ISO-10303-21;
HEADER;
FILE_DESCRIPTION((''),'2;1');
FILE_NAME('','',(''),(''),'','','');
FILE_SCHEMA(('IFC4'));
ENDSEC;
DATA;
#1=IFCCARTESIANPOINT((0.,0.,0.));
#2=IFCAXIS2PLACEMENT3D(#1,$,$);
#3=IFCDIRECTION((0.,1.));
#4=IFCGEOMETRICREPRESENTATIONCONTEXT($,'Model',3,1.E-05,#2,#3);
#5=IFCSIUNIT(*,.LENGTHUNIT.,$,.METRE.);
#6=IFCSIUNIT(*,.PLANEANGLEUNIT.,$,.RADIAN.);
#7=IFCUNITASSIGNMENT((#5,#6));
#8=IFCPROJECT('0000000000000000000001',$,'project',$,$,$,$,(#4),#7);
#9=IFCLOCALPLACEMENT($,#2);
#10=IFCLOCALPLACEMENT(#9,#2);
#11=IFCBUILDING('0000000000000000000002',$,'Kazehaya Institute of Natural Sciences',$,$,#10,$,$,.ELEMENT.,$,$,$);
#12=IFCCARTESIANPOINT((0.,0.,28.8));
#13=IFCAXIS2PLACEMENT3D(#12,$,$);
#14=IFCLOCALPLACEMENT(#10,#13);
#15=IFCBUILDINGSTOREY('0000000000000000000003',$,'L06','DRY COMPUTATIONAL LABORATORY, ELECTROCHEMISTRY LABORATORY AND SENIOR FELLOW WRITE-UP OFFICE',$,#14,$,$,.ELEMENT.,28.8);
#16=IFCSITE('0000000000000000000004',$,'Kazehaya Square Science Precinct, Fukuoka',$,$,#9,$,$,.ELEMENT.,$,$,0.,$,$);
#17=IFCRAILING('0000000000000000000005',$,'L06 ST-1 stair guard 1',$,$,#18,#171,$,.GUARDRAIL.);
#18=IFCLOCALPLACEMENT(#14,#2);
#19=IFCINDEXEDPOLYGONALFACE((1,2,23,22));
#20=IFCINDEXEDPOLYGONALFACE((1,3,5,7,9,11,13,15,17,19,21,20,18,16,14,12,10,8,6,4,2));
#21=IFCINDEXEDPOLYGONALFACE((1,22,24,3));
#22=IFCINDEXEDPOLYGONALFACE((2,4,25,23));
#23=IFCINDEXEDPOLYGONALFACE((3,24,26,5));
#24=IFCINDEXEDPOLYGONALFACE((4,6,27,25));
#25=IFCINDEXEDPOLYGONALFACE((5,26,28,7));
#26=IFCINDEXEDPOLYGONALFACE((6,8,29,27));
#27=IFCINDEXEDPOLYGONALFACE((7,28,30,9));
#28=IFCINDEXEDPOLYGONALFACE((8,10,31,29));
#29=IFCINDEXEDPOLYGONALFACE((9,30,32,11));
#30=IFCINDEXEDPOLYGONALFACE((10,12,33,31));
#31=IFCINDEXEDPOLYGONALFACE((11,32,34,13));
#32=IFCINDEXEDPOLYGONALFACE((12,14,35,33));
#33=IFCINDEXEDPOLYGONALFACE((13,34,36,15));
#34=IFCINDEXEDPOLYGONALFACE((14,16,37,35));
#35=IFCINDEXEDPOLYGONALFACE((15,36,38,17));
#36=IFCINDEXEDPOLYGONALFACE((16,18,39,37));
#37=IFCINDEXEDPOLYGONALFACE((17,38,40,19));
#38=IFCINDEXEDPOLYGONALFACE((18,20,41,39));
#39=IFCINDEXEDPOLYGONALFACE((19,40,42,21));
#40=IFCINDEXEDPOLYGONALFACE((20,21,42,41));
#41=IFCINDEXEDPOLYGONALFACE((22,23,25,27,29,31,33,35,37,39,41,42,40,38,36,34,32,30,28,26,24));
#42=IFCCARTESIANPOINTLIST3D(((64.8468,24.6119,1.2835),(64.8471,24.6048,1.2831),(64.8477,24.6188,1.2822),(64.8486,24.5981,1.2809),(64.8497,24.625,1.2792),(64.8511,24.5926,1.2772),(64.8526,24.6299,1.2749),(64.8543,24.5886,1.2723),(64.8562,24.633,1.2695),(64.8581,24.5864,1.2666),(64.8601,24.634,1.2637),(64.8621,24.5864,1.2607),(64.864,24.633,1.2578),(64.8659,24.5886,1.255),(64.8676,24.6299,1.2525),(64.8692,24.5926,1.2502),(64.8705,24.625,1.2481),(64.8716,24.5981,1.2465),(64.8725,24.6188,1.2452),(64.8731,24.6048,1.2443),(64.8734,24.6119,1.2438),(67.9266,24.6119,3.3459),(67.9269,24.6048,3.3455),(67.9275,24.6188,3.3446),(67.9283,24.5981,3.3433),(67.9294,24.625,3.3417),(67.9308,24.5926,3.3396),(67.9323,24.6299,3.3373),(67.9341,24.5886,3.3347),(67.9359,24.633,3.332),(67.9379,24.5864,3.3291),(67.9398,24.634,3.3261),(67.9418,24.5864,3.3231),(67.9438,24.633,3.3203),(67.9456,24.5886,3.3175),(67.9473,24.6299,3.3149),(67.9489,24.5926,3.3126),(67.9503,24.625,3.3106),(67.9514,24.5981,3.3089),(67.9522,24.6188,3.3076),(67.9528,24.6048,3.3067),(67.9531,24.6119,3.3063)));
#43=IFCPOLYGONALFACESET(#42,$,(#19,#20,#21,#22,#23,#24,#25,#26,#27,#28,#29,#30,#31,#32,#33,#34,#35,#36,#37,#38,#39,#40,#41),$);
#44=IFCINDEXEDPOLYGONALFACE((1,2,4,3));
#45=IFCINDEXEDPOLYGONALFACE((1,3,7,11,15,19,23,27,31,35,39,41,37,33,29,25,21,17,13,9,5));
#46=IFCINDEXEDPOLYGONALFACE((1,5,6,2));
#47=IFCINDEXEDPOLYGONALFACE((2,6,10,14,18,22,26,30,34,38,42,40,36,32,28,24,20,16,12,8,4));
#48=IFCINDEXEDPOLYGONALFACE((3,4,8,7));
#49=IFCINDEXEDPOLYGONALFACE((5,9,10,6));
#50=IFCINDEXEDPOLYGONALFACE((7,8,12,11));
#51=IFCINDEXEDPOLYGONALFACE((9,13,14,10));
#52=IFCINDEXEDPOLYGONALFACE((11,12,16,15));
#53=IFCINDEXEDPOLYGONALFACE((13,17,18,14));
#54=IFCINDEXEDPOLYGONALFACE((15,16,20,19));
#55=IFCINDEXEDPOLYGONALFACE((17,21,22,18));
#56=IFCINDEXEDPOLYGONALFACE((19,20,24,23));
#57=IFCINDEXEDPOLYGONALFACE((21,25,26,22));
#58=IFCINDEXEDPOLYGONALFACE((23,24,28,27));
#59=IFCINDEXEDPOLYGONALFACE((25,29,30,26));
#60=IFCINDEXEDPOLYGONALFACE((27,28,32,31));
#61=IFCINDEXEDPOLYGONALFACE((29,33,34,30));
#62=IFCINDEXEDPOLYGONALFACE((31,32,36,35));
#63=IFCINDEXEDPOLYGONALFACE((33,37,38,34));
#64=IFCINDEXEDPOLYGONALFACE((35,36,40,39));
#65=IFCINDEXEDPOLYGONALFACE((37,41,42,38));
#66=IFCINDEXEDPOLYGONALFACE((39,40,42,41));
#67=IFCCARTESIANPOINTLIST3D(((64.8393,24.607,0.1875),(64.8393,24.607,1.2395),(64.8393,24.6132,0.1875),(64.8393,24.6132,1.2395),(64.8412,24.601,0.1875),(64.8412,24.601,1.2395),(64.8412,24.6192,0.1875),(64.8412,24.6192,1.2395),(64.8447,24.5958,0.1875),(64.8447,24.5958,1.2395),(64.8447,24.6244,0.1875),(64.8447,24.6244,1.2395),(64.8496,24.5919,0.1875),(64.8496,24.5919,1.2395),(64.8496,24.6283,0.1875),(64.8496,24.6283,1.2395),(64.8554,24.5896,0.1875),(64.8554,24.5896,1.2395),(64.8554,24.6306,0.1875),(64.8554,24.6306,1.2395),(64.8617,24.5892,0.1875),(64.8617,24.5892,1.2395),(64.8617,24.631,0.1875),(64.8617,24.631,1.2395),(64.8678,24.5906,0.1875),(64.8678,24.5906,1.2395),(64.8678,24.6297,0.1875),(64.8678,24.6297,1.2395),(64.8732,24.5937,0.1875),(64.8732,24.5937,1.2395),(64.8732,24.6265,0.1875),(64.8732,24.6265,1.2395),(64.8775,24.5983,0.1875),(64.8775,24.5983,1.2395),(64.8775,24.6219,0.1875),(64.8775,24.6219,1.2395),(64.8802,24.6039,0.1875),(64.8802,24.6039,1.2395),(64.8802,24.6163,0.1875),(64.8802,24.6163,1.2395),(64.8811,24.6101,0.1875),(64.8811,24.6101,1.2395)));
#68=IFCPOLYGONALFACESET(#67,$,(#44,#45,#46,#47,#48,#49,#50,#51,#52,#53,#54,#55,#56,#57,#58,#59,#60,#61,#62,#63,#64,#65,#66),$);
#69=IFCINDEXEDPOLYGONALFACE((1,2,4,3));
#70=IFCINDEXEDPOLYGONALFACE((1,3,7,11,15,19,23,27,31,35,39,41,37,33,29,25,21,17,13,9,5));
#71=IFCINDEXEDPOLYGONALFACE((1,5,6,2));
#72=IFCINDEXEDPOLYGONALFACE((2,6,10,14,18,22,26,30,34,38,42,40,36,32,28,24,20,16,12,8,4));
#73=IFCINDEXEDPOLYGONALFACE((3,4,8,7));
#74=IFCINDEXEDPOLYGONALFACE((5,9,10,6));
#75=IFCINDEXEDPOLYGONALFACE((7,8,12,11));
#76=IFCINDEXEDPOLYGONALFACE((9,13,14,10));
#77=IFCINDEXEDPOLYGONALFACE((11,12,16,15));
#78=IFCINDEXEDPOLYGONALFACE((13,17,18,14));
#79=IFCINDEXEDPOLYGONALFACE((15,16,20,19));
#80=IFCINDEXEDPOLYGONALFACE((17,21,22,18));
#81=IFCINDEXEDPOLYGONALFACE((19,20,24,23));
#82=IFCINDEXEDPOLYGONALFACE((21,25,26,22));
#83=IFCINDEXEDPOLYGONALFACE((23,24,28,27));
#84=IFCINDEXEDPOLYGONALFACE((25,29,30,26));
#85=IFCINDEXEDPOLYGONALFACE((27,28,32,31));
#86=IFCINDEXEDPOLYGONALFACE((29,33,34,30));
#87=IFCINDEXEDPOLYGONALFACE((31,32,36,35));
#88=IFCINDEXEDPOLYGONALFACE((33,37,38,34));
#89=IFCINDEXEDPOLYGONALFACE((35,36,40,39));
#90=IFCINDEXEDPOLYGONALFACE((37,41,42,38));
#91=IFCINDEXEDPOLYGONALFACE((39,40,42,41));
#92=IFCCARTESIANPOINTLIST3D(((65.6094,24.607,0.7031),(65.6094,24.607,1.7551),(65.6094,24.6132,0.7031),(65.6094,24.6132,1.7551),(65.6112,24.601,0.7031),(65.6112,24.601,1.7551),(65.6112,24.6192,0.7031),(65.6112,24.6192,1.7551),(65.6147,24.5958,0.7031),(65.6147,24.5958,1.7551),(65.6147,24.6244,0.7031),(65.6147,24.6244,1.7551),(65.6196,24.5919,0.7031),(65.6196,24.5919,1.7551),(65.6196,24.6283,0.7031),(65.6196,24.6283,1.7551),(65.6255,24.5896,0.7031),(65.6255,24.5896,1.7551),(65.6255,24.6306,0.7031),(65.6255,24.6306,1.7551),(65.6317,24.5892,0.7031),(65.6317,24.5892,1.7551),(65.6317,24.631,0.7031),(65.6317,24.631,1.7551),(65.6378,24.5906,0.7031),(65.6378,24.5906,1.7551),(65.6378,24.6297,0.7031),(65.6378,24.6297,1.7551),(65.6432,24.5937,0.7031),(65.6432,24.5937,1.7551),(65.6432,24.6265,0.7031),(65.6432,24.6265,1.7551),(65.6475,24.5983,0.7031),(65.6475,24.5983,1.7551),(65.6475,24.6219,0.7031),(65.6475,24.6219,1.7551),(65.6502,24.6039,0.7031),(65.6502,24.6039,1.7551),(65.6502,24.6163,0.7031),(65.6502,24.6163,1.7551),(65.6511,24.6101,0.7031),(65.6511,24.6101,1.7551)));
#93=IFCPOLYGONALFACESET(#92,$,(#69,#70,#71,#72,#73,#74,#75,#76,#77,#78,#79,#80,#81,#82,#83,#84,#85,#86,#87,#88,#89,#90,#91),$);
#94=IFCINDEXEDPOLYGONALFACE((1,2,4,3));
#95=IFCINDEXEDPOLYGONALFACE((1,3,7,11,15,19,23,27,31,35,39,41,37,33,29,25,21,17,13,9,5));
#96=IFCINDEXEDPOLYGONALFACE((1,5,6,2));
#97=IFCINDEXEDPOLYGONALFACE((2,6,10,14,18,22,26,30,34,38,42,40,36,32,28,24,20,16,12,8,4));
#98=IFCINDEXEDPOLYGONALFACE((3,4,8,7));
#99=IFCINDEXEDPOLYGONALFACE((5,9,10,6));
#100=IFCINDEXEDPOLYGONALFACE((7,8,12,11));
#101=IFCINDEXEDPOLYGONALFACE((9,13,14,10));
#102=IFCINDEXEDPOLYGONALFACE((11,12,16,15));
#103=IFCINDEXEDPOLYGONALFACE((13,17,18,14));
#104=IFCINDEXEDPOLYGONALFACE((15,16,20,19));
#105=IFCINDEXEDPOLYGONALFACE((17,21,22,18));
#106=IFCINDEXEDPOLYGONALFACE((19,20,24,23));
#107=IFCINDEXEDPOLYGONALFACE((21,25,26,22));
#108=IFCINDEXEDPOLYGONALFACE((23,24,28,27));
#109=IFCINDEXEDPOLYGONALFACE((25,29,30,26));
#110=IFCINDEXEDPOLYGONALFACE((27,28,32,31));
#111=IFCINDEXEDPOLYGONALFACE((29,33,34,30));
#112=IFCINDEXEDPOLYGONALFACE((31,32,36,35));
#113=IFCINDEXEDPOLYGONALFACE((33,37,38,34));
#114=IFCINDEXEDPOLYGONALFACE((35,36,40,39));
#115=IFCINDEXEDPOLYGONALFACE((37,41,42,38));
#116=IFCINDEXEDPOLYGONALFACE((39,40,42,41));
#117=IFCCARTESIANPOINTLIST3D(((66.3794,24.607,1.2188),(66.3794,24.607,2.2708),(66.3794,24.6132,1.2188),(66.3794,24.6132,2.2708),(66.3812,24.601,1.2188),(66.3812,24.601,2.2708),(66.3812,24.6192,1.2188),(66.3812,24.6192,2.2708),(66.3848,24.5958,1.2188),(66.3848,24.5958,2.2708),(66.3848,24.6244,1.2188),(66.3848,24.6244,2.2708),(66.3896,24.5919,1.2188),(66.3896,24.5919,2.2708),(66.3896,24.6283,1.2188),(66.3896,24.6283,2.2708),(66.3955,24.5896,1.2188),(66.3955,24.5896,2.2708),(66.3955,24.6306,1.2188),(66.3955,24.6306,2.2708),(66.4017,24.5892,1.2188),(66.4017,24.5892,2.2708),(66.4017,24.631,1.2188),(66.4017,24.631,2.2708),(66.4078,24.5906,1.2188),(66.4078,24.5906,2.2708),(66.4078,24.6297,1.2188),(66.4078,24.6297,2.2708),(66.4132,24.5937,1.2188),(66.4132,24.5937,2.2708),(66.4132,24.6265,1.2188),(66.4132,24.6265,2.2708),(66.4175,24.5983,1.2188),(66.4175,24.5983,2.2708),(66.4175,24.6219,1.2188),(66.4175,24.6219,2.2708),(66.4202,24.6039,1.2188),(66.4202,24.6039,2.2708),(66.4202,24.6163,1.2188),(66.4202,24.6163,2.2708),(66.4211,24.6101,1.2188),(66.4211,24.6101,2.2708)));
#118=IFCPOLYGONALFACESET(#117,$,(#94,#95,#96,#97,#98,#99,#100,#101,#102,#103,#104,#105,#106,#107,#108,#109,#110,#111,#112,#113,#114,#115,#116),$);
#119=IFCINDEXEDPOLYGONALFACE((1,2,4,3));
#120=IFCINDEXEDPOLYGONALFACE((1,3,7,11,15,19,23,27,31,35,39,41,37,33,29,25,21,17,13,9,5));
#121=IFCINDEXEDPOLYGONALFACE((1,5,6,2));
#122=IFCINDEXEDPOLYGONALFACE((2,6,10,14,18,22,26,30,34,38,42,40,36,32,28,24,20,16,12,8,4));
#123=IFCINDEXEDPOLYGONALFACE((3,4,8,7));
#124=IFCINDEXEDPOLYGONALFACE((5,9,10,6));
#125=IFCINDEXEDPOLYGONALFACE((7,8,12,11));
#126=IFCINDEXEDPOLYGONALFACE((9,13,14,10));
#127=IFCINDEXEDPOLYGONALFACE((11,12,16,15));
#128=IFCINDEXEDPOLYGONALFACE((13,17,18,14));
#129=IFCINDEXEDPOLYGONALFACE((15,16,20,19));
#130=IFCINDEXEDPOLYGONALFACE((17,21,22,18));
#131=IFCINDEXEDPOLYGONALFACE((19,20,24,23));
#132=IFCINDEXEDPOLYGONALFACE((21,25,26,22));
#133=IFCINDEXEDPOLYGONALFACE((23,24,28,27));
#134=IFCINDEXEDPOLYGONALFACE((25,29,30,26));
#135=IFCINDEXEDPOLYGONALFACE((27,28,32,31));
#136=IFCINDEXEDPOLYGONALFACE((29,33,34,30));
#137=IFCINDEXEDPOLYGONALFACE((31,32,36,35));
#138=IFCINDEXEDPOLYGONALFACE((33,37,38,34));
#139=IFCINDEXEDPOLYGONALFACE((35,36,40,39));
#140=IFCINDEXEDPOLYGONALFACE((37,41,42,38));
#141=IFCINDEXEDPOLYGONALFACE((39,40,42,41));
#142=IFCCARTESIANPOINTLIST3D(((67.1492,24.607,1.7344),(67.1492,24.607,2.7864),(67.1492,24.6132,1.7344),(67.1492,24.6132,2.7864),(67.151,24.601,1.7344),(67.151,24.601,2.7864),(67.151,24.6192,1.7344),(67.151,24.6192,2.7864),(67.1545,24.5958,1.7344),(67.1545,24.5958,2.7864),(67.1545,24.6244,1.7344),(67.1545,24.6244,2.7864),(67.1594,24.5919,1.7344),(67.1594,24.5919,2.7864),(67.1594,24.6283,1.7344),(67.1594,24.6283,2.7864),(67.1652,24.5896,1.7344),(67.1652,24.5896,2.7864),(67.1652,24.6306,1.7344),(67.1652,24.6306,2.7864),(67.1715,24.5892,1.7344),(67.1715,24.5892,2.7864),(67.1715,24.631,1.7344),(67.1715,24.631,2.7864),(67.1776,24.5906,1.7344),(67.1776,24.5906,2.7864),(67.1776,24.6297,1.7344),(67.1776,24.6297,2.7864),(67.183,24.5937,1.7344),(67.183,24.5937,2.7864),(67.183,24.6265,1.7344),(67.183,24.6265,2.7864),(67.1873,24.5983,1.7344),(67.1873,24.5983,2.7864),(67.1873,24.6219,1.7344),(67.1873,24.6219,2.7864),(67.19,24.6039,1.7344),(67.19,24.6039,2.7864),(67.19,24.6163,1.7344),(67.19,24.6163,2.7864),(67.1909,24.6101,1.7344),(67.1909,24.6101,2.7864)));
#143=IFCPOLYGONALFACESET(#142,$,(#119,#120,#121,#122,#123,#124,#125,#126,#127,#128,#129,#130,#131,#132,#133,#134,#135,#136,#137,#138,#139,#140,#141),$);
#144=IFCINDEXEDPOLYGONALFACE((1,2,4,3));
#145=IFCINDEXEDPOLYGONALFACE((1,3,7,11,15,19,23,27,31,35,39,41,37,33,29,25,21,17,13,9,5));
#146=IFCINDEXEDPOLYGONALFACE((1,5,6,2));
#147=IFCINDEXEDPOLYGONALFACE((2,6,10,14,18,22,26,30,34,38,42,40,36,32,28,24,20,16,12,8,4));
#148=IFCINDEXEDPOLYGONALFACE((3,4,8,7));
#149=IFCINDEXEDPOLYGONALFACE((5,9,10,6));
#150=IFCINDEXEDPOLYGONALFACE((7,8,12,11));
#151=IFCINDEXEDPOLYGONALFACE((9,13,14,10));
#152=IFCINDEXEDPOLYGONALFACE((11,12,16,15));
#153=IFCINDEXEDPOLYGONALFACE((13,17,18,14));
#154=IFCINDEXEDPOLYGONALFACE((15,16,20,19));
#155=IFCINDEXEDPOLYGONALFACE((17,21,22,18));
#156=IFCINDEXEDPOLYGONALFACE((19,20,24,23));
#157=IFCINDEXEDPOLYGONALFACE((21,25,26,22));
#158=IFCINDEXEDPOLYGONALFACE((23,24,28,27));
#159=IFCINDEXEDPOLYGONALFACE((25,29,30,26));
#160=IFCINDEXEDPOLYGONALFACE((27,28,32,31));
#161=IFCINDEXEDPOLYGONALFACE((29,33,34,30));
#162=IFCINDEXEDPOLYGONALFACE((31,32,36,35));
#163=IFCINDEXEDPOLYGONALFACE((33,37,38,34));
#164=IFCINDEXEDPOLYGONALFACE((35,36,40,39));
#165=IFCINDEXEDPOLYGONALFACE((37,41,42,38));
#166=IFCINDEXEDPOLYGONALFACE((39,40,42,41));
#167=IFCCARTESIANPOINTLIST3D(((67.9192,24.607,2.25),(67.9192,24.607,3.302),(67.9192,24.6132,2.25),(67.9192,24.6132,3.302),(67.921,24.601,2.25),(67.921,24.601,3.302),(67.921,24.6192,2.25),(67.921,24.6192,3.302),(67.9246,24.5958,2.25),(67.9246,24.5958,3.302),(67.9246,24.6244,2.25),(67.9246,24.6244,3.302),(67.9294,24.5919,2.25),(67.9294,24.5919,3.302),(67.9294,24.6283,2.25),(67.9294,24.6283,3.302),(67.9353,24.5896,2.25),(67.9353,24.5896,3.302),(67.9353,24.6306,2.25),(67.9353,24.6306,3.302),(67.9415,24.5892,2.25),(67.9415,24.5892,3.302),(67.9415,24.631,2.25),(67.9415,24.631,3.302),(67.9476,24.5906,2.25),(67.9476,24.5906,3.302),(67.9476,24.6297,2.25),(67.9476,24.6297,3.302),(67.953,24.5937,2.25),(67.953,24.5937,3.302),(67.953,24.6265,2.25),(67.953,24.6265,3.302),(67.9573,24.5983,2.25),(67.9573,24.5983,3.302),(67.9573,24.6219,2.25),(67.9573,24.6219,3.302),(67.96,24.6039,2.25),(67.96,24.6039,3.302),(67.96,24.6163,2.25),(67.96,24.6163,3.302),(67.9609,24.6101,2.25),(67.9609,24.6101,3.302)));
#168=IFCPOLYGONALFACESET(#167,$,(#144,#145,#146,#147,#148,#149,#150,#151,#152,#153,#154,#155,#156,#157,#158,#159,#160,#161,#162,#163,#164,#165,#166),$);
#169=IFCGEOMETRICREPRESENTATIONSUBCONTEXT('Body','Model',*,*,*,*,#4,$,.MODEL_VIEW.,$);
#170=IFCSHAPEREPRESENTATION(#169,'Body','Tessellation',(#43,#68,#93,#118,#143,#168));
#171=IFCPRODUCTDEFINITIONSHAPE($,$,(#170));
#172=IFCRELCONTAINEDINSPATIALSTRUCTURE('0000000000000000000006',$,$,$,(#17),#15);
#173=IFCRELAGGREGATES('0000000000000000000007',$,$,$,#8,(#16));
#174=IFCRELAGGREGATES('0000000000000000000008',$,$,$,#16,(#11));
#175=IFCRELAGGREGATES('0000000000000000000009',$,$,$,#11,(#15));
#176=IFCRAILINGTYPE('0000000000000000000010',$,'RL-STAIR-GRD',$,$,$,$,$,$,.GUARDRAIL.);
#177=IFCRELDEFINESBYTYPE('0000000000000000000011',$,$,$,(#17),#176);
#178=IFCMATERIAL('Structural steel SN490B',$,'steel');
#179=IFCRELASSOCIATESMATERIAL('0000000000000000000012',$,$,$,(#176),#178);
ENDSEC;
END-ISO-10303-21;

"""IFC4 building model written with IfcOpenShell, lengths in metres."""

from ifc_helpers import new_model, si_unit, direction, frame, origin, origin_2d, place, context, subcontext, project, spatial, circle, extrude, material, type_object, element, save


model = new_model("IFC4")

# Units and contexts
model_context = context("Model", 3, precision=1e-05, world=origin(), true_north=direction((0.0, 1.0)))
body_context = subcontext(model_context, "Body", "Model", "MODEL_VIEW")
ifc_project = project(units=[si_unit("LENGTHUNIT", "METRE"), si_unit("PLANEANGLEUNIT", "RADIAN")], contexts=[model_context])

# Site, building, storey
site_placement = place(None, origin())
site = spatial("IfcSite", under=ifc_project, at=site_placement, Name="Kazehaya Square Science Precinct, Fukuoka", CompositionType="ELEMENT", RefElevation=0.0)
building_placement = place(site_placement, origin())
building = spatial("IfcBuilding", under=site, at=building_placement, Name="Kazehaya Institute of Natural Sciences", CompositionType="ELEMENT")
storey_placement = place(building_placement, frame((0.0, 0.0, 28.8)))
storey = spatial("IfcBuildingStorey", under=building, at=storey_placement, Name="L06", Description="DRY COMPUTATIONAL LABORATORY, ELECTROCHEMISTRY LABORATORY AND SENIOR FELLOW WRITE-UP OFFICE", CompositionType="ELEMENT", Elevation=28.8)

# Railing
ifc_material_1 = material(Name="Structural steel SN490B", Category="steel")
railing_type_1 = type_object("IfcRailingType", Name="RL-STAIR-GRD", PredefinedType="GUARDRAIL", material=ifc_material_1)
railing_1_placement = place(storey_placement, frame((64.8601, 24.6101, 0.1875)))
element("IfcRailing", 1, at=railing_1_placement, inside=storey, type_object=railing_type_1, Name="L06 ST-1 stair guard 1", PredefinedType="GUARDRAIL", context=body_context, shape_type="SweptSolid", body=[
    extrude(circle(Radius=0.0239, at=origin_2d()), frame((0.0, 0.0, 1.0762), z_axis=(0.830893, 0.0, 0.556432), x_axis=(0.0, 1.0, 0.0)), (0.0, 0.0, 1.0), 3.7065),
    extrude(circle(Radius=0.021, at=origin_2d()), origin(), (0.0, 0.0, 1.0), 1.052),
    extrude(circle(Radius=0.021, at=origin_2d()), frame((0.77, 0.0, 0.5156)), (0.0, 0.0, 1.0), 1.052),
    extrude(circle(Radius=0.021, at=origin_2d()), frame((1.54, 0.0, 1.0312)), (0.0, 0.0, 1.0), 1.052),
    extrude(circle(Radius=0.021, at=origin_2d()), frame((2.3098, 0.0, 1.5469)), (0.0, 0.0, 1.0), 1.052),
    extrude(circle(Radius=0.021, at=origin_2d()), frame((3.0798, 0.0, 2.0625)), (0.0, 0.0, 1.0), 1.052),
])

save(model, "model.ifc")
